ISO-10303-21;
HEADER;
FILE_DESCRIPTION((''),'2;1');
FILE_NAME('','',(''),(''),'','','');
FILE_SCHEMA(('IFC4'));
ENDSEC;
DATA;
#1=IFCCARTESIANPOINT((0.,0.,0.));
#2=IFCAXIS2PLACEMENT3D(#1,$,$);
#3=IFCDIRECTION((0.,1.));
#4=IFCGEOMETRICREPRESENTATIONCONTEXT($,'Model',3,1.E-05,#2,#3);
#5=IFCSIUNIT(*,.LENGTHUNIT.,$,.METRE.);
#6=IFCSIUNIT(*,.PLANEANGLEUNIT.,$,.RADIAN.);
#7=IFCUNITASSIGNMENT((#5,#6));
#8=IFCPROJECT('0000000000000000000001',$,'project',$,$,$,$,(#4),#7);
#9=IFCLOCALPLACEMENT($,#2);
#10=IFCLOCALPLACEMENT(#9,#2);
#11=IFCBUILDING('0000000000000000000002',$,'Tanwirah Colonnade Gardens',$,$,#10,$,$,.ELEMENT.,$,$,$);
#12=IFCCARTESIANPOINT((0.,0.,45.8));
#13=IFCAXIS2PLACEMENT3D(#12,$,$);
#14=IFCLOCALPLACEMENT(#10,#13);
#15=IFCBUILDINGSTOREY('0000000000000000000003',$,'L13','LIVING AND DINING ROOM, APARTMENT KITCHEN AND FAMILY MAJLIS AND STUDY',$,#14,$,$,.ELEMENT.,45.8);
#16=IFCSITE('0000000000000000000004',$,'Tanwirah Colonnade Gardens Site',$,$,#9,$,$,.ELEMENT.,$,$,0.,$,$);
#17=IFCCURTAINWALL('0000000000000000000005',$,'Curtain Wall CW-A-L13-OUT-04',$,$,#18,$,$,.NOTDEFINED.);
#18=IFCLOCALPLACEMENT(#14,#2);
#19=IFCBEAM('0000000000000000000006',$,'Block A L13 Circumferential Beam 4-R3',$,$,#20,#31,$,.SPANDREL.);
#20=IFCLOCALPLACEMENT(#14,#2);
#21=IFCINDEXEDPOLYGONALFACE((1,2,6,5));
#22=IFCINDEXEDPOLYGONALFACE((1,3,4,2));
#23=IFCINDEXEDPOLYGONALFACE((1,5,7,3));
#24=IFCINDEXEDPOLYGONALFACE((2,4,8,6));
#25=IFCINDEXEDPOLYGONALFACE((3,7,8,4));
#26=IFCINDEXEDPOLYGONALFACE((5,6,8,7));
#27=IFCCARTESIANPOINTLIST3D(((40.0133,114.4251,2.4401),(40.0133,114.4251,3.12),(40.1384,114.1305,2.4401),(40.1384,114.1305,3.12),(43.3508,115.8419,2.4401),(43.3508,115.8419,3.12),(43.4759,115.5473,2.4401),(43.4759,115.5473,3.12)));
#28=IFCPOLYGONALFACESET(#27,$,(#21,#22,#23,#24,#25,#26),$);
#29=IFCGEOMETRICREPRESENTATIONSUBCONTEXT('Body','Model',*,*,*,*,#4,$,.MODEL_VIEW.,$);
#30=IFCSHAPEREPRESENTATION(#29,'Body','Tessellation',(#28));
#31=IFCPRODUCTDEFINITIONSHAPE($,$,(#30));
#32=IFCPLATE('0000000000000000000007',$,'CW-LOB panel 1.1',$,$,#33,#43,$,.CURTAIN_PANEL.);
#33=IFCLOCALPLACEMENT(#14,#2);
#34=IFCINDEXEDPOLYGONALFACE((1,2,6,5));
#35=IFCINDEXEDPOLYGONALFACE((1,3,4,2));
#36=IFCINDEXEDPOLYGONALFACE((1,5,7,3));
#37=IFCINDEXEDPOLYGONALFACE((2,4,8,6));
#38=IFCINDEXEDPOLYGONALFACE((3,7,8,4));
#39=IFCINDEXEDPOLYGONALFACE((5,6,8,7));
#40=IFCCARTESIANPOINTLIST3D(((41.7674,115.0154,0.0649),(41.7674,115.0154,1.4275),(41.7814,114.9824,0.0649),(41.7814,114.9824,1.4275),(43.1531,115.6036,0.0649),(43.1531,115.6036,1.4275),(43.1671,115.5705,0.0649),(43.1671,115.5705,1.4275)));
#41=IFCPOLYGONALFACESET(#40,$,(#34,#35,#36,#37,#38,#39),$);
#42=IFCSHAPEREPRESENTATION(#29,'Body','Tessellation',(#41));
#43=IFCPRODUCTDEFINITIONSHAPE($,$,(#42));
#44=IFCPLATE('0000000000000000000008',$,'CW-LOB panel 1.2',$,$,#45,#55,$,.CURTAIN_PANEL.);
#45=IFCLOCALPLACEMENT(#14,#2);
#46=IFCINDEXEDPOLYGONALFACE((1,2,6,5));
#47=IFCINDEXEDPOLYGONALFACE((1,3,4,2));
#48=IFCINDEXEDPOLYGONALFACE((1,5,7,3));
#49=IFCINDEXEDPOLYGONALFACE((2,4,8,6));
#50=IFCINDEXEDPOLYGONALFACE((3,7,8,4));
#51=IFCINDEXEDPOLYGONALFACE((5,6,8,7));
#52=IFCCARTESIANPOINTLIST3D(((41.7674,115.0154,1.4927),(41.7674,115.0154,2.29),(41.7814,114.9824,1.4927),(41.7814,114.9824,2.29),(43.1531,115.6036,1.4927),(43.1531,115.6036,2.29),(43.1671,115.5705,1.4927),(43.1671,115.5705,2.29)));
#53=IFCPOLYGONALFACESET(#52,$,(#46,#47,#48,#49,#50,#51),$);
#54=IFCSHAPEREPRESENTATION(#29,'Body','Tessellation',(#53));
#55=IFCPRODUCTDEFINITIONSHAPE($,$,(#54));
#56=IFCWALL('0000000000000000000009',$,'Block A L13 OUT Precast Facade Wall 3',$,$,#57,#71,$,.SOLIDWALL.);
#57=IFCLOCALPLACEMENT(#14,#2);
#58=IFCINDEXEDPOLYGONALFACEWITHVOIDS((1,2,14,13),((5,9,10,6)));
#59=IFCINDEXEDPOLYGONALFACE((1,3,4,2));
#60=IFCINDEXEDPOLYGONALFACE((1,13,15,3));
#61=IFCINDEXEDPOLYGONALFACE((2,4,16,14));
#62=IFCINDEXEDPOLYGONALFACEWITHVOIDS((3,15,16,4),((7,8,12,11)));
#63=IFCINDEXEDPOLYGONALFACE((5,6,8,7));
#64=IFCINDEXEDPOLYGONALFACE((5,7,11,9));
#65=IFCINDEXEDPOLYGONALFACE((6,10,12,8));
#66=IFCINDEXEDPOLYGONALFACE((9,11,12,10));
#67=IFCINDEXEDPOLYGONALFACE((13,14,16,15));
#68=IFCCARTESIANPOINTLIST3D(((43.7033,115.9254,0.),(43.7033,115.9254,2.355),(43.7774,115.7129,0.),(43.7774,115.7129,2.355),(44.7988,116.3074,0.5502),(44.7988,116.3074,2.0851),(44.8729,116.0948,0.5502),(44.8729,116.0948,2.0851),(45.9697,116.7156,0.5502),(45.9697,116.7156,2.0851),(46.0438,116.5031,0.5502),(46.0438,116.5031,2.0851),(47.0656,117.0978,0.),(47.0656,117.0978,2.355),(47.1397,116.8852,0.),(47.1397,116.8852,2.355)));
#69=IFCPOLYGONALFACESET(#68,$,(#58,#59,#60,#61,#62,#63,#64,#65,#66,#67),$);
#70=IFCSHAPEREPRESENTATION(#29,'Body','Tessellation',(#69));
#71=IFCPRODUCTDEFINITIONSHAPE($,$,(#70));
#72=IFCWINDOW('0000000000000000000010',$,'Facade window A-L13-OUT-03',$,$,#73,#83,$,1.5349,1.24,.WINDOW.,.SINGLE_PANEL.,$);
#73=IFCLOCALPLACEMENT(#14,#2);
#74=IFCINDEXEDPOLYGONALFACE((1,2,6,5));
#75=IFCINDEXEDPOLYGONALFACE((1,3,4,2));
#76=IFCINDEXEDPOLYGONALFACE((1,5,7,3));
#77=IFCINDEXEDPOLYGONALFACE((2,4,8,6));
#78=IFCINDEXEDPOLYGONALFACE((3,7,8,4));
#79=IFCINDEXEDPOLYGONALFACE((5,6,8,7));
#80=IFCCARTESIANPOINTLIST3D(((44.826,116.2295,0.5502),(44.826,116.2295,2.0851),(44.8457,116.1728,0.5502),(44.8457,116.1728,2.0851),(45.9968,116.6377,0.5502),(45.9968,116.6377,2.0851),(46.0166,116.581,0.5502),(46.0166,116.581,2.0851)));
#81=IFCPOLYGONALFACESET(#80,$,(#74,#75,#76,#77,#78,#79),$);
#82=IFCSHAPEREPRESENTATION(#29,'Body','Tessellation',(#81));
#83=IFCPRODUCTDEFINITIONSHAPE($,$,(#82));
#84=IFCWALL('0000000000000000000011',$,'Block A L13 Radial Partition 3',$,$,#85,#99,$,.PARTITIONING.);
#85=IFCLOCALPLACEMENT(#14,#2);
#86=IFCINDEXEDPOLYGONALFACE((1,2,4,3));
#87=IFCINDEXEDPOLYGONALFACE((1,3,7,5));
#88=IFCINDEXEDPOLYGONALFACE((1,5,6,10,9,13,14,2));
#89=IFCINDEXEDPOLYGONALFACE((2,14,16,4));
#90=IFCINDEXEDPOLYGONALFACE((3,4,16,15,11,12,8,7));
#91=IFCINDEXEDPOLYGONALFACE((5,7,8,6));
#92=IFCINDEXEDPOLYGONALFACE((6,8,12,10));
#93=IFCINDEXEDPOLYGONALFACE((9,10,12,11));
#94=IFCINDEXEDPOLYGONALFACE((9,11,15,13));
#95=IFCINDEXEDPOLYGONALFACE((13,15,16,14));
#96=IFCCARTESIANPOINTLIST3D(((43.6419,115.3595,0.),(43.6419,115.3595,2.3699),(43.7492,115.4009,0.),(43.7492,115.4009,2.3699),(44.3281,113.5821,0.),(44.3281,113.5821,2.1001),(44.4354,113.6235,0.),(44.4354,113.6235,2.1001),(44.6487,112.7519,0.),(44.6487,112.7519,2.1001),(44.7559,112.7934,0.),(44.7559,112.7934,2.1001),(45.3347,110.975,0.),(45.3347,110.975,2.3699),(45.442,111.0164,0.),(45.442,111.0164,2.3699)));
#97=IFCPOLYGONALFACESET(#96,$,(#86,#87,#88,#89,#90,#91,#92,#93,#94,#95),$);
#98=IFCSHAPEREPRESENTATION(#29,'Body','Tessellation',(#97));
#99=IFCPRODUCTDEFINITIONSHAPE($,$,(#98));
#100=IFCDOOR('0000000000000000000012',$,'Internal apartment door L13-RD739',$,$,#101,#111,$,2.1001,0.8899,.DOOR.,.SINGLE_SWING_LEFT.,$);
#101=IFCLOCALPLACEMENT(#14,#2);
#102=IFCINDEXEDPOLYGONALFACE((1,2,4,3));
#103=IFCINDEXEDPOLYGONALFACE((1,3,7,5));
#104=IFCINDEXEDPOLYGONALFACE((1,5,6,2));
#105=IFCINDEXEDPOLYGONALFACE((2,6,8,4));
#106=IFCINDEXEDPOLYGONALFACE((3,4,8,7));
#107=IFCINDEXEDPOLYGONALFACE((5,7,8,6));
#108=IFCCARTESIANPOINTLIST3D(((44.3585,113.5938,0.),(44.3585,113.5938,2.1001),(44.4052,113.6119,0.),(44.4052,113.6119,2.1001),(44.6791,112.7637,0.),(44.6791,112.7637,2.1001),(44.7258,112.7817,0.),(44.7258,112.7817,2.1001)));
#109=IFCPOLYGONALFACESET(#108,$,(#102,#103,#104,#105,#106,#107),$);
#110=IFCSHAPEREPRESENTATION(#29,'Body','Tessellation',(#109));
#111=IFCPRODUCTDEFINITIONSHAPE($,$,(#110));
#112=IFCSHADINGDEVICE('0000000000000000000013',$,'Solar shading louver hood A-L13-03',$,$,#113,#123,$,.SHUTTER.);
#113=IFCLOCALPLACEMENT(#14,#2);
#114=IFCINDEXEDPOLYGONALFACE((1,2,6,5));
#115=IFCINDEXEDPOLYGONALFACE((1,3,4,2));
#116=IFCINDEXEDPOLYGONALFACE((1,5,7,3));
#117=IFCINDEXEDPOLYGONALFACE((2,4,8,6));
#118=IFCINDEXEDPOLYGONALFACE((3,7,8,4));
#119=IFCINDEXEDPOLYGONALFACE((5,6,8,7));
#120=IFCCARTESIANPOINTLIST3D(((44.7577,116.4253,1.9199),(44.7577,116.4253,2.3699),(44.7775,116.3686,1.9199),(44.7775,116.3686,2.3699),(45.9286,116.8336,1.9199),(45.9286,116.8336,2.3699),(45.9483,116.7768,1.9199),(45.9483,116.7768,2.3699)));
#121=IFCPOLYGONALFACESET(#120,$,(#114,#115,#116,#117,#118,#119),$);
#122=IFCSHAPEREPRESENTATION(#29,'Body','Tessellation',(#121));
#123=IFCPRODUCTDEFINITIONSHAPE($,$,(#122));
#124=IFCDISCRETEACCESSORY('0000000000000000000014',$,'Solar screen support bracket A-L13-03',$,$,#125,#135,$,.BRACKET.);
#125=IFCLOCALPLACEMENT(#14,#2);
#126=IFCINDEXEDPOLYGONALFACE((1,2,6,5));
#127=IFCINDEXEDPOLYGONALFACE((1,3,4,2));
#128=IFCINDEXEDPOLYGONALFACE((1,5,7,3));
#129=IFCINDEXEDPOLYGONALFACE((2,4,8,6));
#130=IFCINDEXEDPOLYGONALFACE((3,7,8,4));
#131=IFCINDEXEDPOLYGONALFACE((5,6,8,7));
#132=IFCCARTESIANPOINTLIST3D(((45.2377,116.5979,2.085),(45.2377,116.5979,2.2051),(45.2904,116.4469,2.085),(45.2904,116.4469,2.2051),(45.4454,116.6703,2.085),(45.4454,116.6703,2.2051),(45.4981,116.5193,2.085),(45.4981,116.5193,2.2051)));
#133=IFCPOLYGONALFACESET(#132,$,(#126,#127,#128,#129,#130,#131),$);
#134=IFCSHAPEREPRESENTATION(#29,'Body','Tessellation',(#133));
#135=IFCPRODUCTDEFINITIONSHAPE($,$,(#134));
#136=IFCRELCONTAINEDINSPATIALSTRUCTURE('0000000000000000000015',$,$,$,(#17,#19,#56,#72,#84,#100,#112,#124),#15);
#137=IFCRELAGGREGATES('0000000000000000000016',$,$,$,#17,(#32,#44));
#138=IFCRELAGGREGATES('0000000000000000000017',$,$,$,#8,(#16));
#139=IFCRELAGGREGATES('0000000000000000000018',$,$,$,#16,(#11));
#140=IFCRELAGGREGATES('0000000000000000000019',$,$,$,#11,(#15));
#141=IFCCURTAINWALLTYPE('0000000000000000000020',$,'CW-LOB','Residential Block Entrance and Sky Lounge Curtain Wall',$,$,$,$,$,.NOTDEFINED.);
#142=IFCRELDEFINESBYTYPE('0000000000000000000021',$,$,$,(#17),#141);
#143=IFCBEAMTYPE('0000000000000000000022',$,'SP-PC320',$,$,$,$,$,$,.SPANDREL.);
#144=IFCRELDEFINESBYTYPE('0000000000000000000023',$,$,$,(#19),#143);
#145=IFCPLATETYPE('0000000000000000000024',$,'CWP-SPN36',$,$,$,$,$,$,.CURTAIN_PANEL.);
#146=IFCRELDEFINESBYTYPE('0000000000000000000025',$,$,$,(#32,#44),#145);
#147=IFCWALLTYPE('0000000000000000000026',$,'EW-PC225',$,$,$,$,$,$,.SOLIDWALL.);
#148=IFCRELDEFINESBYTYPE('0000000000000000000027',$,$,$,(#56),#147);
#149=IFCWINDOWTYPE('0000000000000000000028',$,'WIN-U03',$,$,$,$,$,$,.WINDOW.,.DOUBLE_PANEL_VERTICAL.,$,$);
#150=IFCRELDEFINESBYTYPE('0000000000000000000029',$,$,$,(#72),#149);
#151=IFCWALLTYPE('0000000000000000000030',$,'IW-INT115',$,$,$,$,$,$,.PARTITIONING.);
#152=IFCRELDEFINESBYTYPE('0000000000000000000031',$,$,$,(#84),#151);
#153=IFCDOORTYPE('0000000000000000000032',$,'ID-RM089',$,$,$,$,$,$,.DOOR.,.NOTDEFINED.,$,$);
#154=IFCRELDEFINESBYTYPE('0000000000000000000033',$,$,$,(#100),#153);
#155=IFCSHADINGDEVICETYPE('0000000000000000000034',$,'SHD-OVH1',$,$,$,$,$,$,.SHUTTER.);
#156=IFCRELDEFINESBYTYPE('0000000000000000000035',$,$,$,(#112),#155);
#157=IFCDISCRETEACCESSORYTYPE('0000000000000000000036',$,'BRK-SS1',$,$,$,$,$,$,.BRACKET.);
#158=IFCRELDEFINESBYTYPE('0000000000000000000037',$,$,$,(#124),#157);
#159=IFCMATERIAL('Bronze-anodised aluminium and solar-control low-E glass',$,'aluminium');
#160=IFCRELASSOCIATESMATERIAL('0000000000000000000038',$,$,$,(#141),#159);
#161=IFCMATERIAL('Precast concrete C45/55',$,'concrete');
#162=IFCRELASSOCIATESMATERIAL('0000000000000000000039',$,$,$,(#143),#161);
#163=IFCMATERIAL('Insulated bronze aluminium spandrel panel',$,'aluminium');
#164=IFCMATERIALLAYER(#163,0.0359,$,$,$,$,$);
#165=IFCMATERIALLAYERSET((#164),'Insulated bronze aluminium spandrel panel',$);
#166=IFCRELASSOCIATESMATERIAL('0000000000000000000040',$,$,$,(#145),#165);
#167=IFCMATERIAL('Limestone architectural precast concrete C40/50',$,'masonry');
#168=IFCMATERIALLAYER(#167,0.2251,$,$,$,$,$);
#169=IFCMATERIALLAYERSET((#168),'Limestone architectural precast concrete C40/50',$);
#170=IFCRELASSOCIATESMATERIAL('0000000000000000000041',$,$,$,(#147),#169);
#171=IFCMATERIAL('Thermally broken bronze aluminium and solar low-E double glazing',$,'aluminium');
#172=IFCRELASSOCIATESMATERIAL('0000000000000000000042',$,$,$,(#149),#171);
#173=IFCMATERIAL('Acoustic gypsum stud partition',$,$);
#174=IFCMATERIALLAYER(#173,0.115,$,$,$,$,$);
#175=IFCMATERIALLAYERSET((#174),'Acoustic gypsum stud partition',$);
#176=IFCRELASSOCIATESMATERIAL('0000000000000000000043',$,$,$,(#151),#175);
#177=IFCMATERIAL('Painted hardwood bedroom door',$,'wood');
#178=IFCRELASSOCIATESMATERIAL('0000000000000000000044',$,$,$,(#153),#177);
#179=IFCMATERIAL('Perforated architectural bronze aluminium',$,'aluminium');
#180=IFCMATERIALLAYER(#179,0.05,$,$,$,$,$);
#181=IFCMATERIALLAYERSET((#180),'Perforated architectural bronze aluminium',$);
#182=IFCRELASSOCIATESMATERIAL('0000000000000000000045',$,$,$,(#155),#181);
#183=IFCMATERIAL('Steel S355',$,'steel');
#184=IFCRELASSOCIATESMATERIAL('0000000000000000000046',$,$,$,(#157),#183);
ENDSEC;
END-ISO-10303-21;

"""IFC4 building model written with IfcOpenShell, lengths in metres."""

from ifc_helpers import new_model, si_unit, direction, frame, frame_2d, origin, origin_2d, place, context, subcontext, project, spatial, rectangle, extrude, material, layer, layer_set, material_profile, profile_set, type_object, element, fill, aggregate, save


model = new_model("IFC4")

# Units and contexts
model_context = context("Model", 3, precision=1e-05, world=origin(), true_north=direction((0.0, 1.0)))
body_context = subcontext(model_context, "Body", "Model", "MODEL_VIEW")
ifc_project = project(units=[si_unit("LENGTHUNIT", "METRE"), si_unit("PLANEANGLEUNIT", "RADIAN")], contexts=[model_context])

# Site, building, storey
site_placement = place(None, origin())
site = spatial("IfcSite", under=ifc_project, at=site_placement, Name="Tanwirah Colonnade Gardens Site", CompositionType="ELEMENT", RefElevation=0.0)
building_placement = place(site_placement, origin())
building = spatial("IfcBuilding", under=site, at=building_placement, Name="Tanwirah Colonnade Gardens", CompositionType="ELEMENT")
storey_placement = place(building_placement, frame((0.0, 0.0, 45.8)))
storey = spatial("IfcBuildingStorey", under=building, at=storey_placement, Name="L13", Description="LIVING AND DINING ROOM, APARTMENT KITCHEN AND FAMILY MAJLIS AND STUDY", CompositionType="ELEMENT", Elevation=45.8)

# Shared definitions
ifc_material_1 = material(Name="Precast concrete C45/55", Category="concrete")

# Curtain wall
ifc_material_2 = material(Name="Bronze-anodised aluminium and solar-control low-E glass", Category="aluminium")
curtain_wall_type = type_object("IfcCurtainWallType", Name="CW-LOB", Description="Residential Block Entrance and Sky Lounge Curtain Wall", PredefinedType="NOTDEFINED", material=ifc_material_2)
curtain_wall_placement = place(storey_placement, origin())
curtain_wall = element("IfcCurtainWall", 1, at=curtain_wall_placement, inside=storey, type_object=curtain_wall_type, Name="Curtain Wall CW-A-L13-OUT-04", PredefinedType="NOTDEFINED")

# Beam
ifc_material_profile_1 = material_profile(ifc_material_1, rectangle(XDim=0.3201, YDim=0.6799, at=origin_2d()), Name="PC-SP 320x680")
ifc_profile_set_1 = profile_set([ifc_material_profile_1], Name="Precast concrete C45/55")
beam_type_1 = type_object("IfcBeamType", Name="SP-PC320", PredefinedType="SPANDREL", material=ifc_profile_set_1)
beam_1_placement = place(storey_placement, frame((43.4133, 115.6946, 2.78), z_axis=(-0.920494, -0.390756, 0.0), x_axis=(0.390756, -0.920494, 0.0)))
element("IfcBeam", 2, at=beam_1_placement, inside=storey, type_object=beam_type_1, Name="Block A L13 Circumferential Beam 4-R3", PredefinedType="SPANDREL", context=body_context, shape_type="SweptSolid", body=[
    extrude(rectangle(XDim=0.3201, YDim=0.6799, at=origin_2d()), origin(), (0.0, 0.0, 1.0), 3.6257),
])

# Plates
ifc_material_3 = material(Name="Insulated bronze aluminium spandrel panel", Category="aluminium")
ifc_layer_1 = layer(ifc_material_3, 0.0359)
ifc_layer_set_1 = layer_set([ifc_layer_1], Name="Insulated bronze aluminium spandrel panel")
plate_type = type_object("IfcPlateType", Name="CWP-SPN36", PredefinedType="CURTAIN_PANEL", material=ifc_layer_set_1)
plate_1_placement = place(storey_placement, frame((42.4673, 115.293, 0.0649), z_axis=(0.0, 0.0, 1.0), x_axis=(-0.920505, -0.39073, 0.0)))
plate_1 = element("IfcPlate", 3, at=plate_1_placement, type_object=plate_type, Name="CW-LOB panel 1.1", PredefinedType="CURTAIN_PANEL", context=body_context, shape_type="SweptSolid", body=[
    extrude(rectangle(XDim=1.5054, YDim=0.0359, at=origin_2d()), origin(), (0.0, 0.0, 1.0), 1.3625),
])
plate_2_placement = place(storey_placement, frame((42.4673, 115.293, 1.4927), z_axis=(0.0, 0.0, 1.0), x_axis=(-0.920505, -0.39073, 0.0)))
plate_2 = element("IfcPlate", 4, at=plate_2_placement, type_object=plate_type, Name="CW-LOB panel 1.2", PredefinedType="CURTAIN_PANEL", context=body_context, shape_type="SweptSolid", body=[
    extrude(rectangle(XDim=1.5054, YDim=0.0359, at=origin_2d()), origin(), (0.0, 0.0, 1.0), 0.7974),
])
aggregate(curtain_wall, [plate_1, plate_2])

# Wall, opening, window
ifc_material_4 = material(Name="Limestone architectural precast concrete C40/50", Category="masonry")
ifc_layer_2 = layer(ifc_material_4, 0.2251)
ifc_layer_set_2 = layer_set([ifc_layer_2], Name="Limestone architectural precast concrete C40/50")
wall_type_1 = type_object("IfcWallType", Name="EW-PC225", PredefinedType="SOLIDWALL", material=ifc_layer_set_2)
wall_1_placement = place(storey_placement, frame((47.1025, 116.9915, 0.0), z_axis=(0.0, 0.0, 1.0), x_axis=(-0.944247, -0.329239, 0.0)))
wall_1 = element("IfcWall", 5, at=wall_1_placement, inside=storey, type_object=wall_type_1, Name="Block A L13 OUT Precast Facade Wall 3", PredefinedType="SOLIDWALL", context=body_context, shape_type="SweptSolid", body=[
    extrude(rectangle(XDim=3.5608, YDim=0.2251, at=frame_2d((1.7803, 0.0))), origin(), (0.0, 0.0, 1.0), 2.355),
])
opening_1_placement = place(wall_1_placement, frame((1.1604, 0.0, 0.55)))
opening_1 = element("IfcOpeningElement", 6, at=opening_1_placement, cuts=wall_1, PredefinedType="OPENING", context=body_context, shape_type="SweptSolid", body=[
    extrude(rectangle(XDim=1.24, YDim=1.5349, at=frame_2d((0.6201, 0.7676))), frame((0.0, 0.1226, 0.0), z_axis=(0.0, -1.0, 0.0), x_axis=(1.0, 0.0, 0.0)), (0.0, 0.0, 1.0), 0.2451),
])
ifc_material_5 = material(Name="Thermally broken bronze aluminium and solar low-E double glazing", Category="aluminium")
window_type = type_object("IfcWindowType", Name="WIN-U03", PartitioningType="DOUBLE_PANEL_VERTICAL", PredefinedType="WINDOW", material=ifc_material_5)
window_placement = place(opening_1_placement, origin())
window = element("IfcWindow", 7, at=window_placement, inside=storey, type_object=window_type, Name="Facade window A-L13-OUT-03", OverallHeight=1.5349, OverallWidth=1.24, PartitioningType="SINGLE_PANEL", PredefinedType="WINDOW", context=body_context, shape_type="SweptSolid", body=[
    extrude(rectangle(XDim=1.24, YDim=1.5349, at=frame_2d((0.6201, 0.7676))), frame((0.0, 0.03, 0.0), z_axis=(0.0, -1.0, 0.0), x_axis=(1.0, 0.0, 0.0)), (0.0, 0.0, 1.0), 0.0601),
])
fill(opening_1, window)

# Wall, opening, door
ifc_material_6 = material(Name="Acoustic gypsum stud partition")
ifc_layer_3 = layer(ifc_material_6, 0.115)
ifc_layer_set_3 = layer_set([ifc_layer_3], Name="Acoustic gypsum stud partition")
wall_type_2 = type_object("IfcWallType", Name="IW-INT115", PredefinedType="PARTITIONING", material=ifc_layer_set_3)
wall_2_placement = place(storey_placement, frame((45.3884, 110.9956, 0.0), z_axis=(0.0, 0.0, 1.0), x_axis=(-0.360187, 0.93288, 0.0)))
wall_2 = element("IfcWall", 8, at=wall_2_placement, inside=storey, type_object=wall_type_2, Name="Block A L13 Radial Partition 3", PredefinedType="PARTITIONING", context=body_context, shape_type="SweptSolid", body=[
    extrude(rectangle(XDim=4.7, YDim=0.115, at=frame_2d((2.3501, 0.0))), origin(), (0.0, 0.0, 1.0), 2.3699),
])
opening_2_placement = place(wall_2_placement, frame((1.905, 0.0, 0.0)))
opening_2 = element("IfcOpeningElement", 9, at=opening_2_placement, cuts=wall_2, PredefinedType="OPENING", context=body_context, shape_type="SweptSolid", body=[
    extrude(rectangle(XDim=0.8899, YDim=2.1001, at=frame_2d((0.4448, 1.05))), frame((0.0, 0.0674, 0.0), z_axis=(0.0, -1.0, 0.0), x_axis=(1.0, 0.0, 0.0)), (0.0, 0.0, 1.0), 0.135),
])
ifc_material_7 = material(Name="Painted hardwood bedroom door", Category="wood")
door_type_1 = type_object("IfcDoorType", Name="ID-RM089", OperationType="NOTDEFINED", PredefinedType="DOOR", material=ifc_material_7)
door_1_placement = place(opening_2_placement, origin())
door_1 = element("IfcDoor", 10, at=door_1_placement, inside=storey, type_object=door_type_1, Name="Internal apartment door L13-RD739", OperationType="SINGLE_SWING_LEFT", OverallHeight=2.1001, OverallWidth=0.8899, PredefinedType="DOOR", context=body_context, shape_type="SweptSolid", body=[
    extrude(rectangle(XDim=0.8899, YDim=2.1001, at=frame_2d((0.4448, 1.05))), frame((0.0, 0.0249, 0.0), z_axis=(0.0, -1.0, 0.0), x_axis=(1.0, 0.0, 0.0)), (0.0, 0.0, 1.0), 0.05),
])
fill(opening_2, door_1)

# Shading device
ifc_material_8 = material(Name="Perforated architectural bronze aluminium", Category="aluminium")
ifc_layer_4 = layer(ifc_material_8, 0.05)
ifc_layer_set_4 = layer_set([ifc_layer_4], Name="Perforated architectural bronze aluminium")
shading_device_type = type_object("IfcShadingDeviceType", Name="SHD-OVH1", PredefinedType="SHUTTER", material=ifc_layer_set_4)
shading_device_placement = place(storey_placement, frame((45.353, 116.6011, 1.9199), z_axis=(0.0, 0.0, 1.0), x_axis=(-0.944249, -0.329234, 0.0)))
element("IfcShadingDevice", 11, at=shading_device_placement, inside=storey, type_object=shading_device_type, Name="Solar shading louver hood A-L13-03", PredefinedType="SHUTTER", context=body_context, shape_type="SweptSolid", body=[
    extrude(rectangle(XDim=1.24, YDim=0.0601, at=origin_2d()), origin(), (0.0, 0.0, 1.0), 0.45),
])

# Discrete accessory
ifc_material_9 = material(Name="Steel S355", Category="steel")
discrete_accessory_type = type_object("IfcDiscreteAccessoryType", Name="BRK-SS1", PredefinedType="BRACKET", material=ifc_material_9)
discrete_accessory_placement = place(storey_placement, frame((45.3679, 116.5586, 2.085), z_axis=(0.0, 0.0, 1.0), x_axis=(-0.944249, -0.329234, 0.0)))
element("IfcDiscreteAccessory", 12, at=discrete_accessory_placement, inside=storey, type_object=discrete_accessory_type, Name="Solar screen support bracket A-L13-03", PredefinedType="BRACKET", context=body_context, shape_type="SweptSolid", body=[
    extrude(rectangle(XDim=0.22, YDim=0.1599, at=origin_2d()), origin(), (0.0, 0.0, 1.0), 0.1201),
])

save(model, "model.ifc")
